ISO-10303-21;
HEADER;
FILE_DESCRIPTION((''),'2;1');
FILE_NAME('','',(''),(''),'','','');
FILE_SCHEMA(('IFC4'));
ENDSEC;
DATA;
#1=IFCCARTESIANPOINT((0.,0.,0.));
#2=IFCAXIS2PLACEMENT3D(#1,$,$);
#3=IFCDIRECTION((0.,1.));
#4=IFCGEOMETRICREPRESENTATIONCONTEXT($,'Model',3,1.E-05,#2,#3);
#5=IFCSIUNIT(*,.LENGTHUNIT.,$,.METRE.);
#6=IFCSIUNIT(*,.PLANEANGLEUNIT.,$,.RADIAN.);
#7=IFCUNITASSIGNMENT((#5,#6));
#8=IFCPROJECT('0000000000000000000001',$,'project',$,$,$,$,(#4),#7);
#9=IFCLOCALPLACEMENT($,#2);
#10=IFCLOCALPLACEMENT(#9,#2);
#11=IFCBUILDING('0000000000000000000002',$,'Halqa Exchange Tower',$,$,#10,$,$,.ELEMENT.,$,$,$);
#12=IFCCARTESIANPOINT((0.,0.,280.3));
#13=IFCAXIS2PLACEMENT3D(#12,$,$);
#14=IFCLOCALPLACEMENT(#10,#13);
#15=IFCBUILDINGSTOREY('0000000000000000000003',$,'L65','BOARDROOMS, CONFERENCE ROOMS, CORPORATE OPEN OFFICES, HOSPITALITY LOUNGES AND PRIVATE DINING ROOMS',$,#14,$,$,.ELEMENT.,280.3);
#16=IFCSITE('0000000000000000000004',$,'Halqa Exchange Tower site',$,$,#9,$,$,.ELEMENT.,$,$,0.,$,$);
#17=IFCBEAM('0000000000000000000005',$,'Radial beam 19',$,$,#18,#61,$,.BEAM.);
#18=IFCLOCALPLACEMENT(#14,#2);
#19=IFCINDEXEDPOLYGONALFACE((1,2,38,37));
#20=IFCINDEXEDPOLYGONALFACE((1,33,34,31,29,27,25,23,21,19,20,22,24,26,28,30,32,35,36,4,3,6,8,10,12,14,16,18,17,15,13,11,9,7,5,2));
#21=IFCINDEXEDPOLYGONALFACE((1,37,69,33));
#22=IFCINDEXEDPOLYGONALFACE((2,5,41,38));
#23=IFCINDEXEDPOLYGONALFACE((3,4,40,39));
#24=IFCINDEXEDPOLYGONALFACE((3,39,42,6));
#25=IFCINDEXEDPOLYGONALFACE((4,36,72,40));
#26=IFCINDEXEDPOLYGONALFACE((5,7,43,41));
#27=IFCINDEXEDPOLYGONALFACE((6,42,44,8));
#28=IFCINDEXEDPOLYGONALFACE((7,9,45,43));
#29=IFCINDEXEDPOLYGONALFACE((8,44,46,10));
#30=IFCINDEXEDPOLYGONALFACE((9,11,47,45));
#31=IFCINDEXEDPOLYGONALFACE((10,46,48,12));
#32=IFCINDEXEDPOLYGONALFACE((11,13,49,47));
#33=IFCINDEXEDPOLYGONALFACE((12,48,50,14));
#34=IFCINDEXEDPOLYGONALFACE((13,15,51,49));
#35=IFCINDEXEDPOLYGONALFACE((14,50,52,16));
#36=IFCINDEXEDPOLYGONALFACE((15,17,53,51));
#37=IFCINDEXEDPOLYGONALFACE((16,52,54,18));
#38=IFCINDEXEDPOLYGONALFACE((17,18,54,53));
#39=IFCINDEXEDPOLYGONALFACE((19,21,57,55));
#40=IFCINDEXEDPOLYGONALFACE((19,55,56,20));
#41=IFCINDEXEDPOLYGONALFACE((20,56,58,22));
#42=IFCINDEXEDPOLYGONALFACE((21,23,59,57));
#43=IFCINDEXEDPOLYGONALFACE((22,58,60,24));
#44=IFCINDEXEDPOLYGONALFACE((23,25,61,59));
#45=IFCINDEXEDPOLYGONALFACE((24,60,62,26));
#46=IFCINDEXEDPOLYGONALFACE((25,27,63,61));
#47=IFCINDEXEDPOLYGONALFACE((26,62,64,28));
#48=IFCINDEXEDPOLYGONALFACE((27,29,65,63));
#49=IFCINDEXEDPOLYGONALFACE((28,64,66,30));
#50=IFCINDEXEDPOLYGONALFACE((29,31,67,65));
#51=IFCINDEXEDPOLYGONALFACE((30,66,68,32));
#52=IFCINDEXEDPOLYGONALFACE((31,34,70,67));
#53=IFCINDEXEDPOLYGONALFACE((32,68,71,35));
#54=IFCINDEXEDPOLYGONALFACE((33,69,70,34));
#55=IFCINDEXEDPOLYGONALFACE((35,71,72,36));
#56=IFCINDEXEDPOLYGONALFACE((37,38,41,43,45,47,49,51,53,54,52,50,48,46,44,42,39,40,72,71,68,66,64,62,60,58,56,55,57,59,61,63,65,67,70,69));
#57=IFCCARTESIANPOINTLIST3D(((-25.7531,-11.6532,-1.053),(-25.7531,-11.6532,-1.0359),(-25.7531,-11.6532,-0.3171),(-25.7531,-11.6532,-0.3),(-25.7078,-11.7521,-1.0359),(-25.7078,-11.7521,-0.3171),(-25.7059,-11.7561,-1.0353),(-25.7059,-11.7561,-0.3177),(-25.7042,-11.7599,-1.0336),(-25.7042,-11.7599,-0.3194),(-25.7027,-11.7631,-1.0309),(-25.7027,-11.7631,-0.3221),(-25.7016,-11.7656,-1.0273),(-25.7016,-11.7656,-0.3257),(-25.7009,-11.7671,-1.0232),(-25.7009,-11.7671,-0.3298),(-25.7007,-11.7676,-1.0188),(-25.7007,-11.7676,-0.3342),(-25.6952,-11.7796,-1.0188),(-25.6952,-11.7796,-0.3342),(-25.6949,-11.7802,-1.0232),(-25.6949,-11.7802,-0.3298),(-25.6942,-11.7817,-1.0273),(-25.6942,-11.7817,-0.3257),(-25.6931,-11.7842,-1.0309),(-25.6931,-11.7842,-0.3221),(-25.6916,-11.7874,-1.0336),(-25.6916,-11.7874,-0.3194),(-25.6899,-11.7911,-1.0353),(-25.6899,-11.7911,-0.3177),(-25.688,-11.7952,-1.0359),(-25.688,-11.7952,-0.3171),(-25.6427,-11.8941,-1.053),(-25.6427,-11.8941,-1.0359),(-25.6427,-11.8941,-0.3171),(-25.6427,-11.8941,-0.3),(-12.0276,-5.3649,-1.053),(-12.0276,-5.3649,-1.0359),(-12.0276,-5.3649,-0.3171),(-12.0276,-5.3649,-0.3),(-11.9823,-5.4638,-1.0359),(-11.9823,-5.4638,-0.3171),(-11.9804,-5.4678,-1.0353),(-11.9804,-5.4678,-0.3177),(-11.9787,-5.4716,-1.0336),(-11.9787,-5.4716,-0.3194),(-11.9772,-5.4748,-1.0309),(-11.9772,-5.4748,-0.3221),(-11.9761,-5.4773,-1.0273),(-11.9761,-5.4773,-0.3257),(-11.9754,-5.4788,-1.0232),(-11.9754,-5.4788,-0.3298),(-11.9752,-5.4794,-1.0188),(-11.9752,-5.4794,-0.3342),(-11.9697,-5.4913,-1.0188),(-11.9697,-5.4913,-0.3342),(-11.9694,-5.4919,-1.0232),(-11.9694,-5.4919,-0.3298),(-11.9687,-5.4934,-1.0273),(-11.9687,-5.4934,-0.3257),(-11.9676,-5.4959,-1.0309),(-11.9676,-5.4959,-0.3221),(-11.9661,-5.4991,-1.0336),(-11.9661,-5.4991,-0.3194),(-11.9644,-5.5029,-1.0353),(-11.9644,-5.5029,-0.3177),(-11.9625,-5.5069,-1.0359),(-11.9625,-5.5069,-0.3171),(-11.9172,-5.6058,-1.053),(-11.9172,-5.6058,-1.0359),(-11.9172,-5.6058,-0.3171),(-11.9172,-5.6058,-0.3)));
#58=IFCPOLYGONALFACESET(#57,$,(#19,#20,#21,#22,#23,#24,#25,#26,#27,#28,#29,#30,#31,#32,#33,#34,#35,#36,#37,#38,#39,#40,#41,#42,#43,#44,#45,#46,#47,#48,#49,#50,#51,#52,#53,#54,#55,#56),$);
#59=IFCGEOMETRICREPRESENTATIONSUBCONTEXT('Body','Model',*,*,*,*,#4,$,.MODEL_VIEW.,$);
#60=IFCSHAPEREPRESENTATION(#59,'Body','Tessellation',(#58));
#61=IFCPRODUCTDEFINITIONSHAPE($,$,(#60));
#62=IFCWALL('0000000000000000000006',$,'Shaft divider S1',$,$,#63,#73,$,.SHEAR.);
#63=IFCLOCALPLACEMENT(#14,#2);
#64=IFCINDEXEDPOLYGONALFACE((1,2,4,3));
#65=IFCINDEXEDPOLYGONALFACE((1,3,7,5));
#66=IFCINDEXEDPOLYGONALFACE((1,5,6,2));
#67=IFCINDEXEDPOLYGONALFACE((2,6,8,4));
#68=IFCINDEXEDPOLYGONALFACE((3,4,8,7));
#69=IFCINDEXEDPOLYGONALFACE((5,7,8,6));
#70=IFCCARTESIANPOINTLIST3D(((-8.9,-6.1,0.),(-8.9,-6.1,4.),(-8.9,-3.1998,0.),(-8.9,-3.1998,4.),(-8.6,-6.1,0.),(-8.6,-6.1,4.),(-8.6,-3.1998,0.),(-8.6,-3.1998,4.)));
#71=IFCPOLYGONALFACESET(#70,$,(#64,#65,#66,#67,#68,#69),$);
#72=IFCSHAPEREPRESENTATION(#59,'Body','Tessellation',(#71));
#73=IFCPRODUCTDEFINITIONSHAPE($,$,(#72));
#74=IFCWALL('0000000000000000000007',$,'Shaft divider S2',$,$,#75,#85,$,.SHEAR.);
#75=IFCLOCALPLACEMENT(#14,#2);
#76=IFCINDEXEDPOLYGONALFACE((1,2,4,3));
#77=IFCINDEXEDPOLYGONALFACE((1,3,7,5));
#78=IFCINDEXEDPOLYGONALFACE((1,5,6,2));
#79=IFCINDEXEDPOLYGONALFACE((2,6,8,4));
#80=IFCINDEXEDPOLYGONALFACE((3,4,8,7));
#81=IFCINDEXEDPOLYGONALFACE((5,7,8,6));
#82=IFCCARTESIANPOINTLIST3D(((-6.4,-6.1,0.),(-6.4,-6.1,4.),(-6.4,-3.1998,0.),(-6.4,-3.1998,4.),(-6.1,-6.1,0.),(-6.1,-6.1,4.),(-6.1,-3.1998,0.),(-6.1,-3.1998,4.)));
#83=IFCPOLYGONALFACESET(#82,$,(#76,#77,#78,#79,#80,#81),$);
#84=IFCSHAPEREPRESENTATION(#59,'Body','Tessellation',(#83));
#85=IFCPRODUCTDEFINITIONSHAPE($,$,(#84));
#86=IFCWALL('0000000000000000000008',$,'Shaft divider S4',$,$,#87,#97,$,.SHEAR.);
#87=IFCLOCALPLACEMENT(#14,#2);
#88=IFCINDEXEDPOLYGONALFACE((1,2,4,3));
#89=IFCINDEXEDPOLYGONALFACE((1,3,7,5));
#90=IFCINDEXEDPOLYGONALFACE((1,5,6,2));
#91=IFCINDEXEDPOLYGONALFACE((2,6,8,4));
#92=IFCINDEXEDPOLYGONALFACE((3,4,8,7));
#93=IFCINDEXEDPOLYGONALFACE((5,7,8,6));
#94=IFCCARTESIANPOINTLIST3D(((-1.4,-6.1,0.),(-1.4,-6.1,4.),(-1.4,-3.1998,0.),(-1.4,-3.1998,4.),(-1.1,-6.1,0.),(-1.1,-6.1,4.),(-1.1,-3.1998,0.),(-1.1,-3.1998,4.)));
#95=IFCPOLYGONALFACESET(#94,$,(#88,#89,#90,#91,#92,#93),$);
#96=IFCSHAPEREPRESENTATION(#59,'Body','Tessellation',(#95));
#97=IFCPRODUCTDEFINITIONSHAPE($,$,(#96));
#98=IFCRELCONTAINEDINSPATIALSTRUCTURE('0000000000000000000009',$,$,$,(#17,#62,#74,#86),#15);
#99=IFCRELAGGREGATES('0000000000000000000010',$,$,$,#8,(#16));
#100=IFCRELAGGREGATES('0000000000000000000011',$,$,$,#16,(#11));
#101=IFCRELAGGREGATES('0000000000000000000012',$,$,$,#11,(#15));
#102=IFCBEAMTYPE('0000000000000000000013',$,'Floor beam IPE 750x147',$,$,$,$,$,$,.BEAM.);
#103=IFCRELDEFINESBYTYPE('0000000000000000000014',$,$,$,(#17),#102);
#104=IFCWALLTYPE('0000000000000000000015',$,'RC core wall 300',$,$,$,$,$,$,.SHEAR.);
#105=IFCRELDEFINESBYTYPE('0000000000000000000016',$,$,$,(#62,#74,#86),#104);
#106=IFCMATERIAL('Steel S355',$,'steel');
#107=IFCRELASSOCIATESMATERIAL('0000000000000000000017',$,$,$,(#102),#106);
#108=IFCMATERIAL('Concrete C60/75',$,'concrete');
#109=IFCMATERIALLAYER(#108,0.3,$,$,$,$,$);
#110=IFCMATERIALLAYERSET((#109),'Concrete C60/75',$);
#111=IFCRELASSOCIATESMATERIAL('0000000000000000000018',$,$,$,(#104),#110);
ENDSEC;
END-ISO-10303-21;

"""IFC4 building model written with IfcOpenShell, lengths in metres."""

from ifc_helpers import new_model, si_unit, direction, frame, frame_2d, origin, origin_2d, place, context, subcontext, project, spatial, rectangle, i_section, extrude, material, layer, layer_set, material_profile, profile_set, type_object, element, save


model = new_model("IFC4")

# Units and contexts
model_context = context("Model", 3, precision=1e-05, world=origin(), true_north=direction((0.0, 1.0)))
body_context = subcontext(model_context, "Body", "Model", "MODEL_VIEW")
ifc_project = project(units=[si_unit("LENGTHUNIT", "METRE"), si_unit("PLANEANGLEUNIT", "RADIAN")], contexts=[model_context])

# Site, building, storey
site_placement = place(None, origin())
site = spatial("IfcSite", under=ifc_project, at=site_placement, Name="Halqa Exchange Tower site", CompositionType="ELEMENT", RefElevation=0.0)
building_placement = place(site_placement, origin())
building = spatial("IfcBuilding", under=site, at=building_placement, Name="Halqa Exchange Tower", CompositionType="ELEMENT")
storey_placement = place(building_placement, frame((0.0, 0.0, 280.3)))
storey = spatial("IfcBuildingStorey", under=building, at=storey_placement, Name="L65", Description="BOARDROOMS, CONFERENCE ROOMS, CORPORATE OPEN OFFICES, HOSPITALITY LOUNGES AND PRIVATE DINING ROOMS", CompositionType="ELEMENT", Elevation=280.3)

# Beam
ifc_material_1 = material(Name="Steel S355", Category="steel")
ifc_material_profile = material_profile(ifc_material_1, i_section(OverallWidth=0.2649, OverallDepth=0.7529, WebThickness=0.0132, FlangeThickness=0.0171, FilletRadius=0.0171, at=origin_2d()), Name="IPE 750x147")
ifc_profile_set = profile_set([ifc_material_profile], Name="Steel S355")
beam_type = type_object("IfcBeamType", Name="Floor beam IPE 750x147", PredefinedType="BEAM", material=ifc_profile_set)
beam_placement = place(storey_placement, frame((-11.9724, -5.4854, -0.6765), z_axis=(-0.909129, -0.416514, 0.0), x_axis=(0.416514, -0.909129, 0.0)))
element("IfcBeam", 1, at=beam_placement, inside=storey, type_object=beam_type, Name="Radial beam 19", PredefinedType="BEAM", context=body_context, shape_type="SweptSolid", body=[
    extrude(i_section(OverallWidth=0.2649, OverallDepth=0.7529, WebThickness=0.0132, FlangeThickness=0.0171, FilletRadius=0.0171, at=origin_2d()), origin(), (0.0, 0.0, 1.0), 15.0974),
])

# Walls
ifc_material_2 = material(Name="Concrete C60/75", Category="concrete")
ifc_layer_1 = layer(ifc_material_2, 0.3)
ifc_layer_set_1 = layer_set([ifc_layer_1], Name="Concrete C60/75")
wall_type_1 = type_object("IfcWallType", Name="RC core wall 300", PredefinedType="SHEAR", material=ifc_layer_set_1)
for number, where, z_axis, x_axis, name in (
    (2, (-8.75, -6.1001, 0.0), (0.0, 0.0, 1.0), (0.0, 1.0, 0.0), "Shaft divider S1"),
    (3, (-6.25, -6.1001, 0.0), (0.0, 0.0, 1.0), (0.0, 1.0, 0.0), "Shaft divider S2"),
    (4, (-1.25, -6.1001, 0.0), (0.0, 0.0, 1.0), (0.0, 1.0, 0.0), "Shaft divider S4"),
):
    element("IfcWall", number, at=place(storey_placement, frame(where, z_axis=z_axis, x_axis=x_axis)), inside=storey, type_object=wall_type_1, Name=name, PredefinedType="SHEAR", context=body_context, shape_type="SweptSolid", body=[
        extrude(rectangle(XDim=2.9001, YDim=0.3, at=frame_2d((1.4502, 0.0))), origin(), (0.0, 0.0, 1.0), 4.0),
    ])

save(model, "model.ifc")
